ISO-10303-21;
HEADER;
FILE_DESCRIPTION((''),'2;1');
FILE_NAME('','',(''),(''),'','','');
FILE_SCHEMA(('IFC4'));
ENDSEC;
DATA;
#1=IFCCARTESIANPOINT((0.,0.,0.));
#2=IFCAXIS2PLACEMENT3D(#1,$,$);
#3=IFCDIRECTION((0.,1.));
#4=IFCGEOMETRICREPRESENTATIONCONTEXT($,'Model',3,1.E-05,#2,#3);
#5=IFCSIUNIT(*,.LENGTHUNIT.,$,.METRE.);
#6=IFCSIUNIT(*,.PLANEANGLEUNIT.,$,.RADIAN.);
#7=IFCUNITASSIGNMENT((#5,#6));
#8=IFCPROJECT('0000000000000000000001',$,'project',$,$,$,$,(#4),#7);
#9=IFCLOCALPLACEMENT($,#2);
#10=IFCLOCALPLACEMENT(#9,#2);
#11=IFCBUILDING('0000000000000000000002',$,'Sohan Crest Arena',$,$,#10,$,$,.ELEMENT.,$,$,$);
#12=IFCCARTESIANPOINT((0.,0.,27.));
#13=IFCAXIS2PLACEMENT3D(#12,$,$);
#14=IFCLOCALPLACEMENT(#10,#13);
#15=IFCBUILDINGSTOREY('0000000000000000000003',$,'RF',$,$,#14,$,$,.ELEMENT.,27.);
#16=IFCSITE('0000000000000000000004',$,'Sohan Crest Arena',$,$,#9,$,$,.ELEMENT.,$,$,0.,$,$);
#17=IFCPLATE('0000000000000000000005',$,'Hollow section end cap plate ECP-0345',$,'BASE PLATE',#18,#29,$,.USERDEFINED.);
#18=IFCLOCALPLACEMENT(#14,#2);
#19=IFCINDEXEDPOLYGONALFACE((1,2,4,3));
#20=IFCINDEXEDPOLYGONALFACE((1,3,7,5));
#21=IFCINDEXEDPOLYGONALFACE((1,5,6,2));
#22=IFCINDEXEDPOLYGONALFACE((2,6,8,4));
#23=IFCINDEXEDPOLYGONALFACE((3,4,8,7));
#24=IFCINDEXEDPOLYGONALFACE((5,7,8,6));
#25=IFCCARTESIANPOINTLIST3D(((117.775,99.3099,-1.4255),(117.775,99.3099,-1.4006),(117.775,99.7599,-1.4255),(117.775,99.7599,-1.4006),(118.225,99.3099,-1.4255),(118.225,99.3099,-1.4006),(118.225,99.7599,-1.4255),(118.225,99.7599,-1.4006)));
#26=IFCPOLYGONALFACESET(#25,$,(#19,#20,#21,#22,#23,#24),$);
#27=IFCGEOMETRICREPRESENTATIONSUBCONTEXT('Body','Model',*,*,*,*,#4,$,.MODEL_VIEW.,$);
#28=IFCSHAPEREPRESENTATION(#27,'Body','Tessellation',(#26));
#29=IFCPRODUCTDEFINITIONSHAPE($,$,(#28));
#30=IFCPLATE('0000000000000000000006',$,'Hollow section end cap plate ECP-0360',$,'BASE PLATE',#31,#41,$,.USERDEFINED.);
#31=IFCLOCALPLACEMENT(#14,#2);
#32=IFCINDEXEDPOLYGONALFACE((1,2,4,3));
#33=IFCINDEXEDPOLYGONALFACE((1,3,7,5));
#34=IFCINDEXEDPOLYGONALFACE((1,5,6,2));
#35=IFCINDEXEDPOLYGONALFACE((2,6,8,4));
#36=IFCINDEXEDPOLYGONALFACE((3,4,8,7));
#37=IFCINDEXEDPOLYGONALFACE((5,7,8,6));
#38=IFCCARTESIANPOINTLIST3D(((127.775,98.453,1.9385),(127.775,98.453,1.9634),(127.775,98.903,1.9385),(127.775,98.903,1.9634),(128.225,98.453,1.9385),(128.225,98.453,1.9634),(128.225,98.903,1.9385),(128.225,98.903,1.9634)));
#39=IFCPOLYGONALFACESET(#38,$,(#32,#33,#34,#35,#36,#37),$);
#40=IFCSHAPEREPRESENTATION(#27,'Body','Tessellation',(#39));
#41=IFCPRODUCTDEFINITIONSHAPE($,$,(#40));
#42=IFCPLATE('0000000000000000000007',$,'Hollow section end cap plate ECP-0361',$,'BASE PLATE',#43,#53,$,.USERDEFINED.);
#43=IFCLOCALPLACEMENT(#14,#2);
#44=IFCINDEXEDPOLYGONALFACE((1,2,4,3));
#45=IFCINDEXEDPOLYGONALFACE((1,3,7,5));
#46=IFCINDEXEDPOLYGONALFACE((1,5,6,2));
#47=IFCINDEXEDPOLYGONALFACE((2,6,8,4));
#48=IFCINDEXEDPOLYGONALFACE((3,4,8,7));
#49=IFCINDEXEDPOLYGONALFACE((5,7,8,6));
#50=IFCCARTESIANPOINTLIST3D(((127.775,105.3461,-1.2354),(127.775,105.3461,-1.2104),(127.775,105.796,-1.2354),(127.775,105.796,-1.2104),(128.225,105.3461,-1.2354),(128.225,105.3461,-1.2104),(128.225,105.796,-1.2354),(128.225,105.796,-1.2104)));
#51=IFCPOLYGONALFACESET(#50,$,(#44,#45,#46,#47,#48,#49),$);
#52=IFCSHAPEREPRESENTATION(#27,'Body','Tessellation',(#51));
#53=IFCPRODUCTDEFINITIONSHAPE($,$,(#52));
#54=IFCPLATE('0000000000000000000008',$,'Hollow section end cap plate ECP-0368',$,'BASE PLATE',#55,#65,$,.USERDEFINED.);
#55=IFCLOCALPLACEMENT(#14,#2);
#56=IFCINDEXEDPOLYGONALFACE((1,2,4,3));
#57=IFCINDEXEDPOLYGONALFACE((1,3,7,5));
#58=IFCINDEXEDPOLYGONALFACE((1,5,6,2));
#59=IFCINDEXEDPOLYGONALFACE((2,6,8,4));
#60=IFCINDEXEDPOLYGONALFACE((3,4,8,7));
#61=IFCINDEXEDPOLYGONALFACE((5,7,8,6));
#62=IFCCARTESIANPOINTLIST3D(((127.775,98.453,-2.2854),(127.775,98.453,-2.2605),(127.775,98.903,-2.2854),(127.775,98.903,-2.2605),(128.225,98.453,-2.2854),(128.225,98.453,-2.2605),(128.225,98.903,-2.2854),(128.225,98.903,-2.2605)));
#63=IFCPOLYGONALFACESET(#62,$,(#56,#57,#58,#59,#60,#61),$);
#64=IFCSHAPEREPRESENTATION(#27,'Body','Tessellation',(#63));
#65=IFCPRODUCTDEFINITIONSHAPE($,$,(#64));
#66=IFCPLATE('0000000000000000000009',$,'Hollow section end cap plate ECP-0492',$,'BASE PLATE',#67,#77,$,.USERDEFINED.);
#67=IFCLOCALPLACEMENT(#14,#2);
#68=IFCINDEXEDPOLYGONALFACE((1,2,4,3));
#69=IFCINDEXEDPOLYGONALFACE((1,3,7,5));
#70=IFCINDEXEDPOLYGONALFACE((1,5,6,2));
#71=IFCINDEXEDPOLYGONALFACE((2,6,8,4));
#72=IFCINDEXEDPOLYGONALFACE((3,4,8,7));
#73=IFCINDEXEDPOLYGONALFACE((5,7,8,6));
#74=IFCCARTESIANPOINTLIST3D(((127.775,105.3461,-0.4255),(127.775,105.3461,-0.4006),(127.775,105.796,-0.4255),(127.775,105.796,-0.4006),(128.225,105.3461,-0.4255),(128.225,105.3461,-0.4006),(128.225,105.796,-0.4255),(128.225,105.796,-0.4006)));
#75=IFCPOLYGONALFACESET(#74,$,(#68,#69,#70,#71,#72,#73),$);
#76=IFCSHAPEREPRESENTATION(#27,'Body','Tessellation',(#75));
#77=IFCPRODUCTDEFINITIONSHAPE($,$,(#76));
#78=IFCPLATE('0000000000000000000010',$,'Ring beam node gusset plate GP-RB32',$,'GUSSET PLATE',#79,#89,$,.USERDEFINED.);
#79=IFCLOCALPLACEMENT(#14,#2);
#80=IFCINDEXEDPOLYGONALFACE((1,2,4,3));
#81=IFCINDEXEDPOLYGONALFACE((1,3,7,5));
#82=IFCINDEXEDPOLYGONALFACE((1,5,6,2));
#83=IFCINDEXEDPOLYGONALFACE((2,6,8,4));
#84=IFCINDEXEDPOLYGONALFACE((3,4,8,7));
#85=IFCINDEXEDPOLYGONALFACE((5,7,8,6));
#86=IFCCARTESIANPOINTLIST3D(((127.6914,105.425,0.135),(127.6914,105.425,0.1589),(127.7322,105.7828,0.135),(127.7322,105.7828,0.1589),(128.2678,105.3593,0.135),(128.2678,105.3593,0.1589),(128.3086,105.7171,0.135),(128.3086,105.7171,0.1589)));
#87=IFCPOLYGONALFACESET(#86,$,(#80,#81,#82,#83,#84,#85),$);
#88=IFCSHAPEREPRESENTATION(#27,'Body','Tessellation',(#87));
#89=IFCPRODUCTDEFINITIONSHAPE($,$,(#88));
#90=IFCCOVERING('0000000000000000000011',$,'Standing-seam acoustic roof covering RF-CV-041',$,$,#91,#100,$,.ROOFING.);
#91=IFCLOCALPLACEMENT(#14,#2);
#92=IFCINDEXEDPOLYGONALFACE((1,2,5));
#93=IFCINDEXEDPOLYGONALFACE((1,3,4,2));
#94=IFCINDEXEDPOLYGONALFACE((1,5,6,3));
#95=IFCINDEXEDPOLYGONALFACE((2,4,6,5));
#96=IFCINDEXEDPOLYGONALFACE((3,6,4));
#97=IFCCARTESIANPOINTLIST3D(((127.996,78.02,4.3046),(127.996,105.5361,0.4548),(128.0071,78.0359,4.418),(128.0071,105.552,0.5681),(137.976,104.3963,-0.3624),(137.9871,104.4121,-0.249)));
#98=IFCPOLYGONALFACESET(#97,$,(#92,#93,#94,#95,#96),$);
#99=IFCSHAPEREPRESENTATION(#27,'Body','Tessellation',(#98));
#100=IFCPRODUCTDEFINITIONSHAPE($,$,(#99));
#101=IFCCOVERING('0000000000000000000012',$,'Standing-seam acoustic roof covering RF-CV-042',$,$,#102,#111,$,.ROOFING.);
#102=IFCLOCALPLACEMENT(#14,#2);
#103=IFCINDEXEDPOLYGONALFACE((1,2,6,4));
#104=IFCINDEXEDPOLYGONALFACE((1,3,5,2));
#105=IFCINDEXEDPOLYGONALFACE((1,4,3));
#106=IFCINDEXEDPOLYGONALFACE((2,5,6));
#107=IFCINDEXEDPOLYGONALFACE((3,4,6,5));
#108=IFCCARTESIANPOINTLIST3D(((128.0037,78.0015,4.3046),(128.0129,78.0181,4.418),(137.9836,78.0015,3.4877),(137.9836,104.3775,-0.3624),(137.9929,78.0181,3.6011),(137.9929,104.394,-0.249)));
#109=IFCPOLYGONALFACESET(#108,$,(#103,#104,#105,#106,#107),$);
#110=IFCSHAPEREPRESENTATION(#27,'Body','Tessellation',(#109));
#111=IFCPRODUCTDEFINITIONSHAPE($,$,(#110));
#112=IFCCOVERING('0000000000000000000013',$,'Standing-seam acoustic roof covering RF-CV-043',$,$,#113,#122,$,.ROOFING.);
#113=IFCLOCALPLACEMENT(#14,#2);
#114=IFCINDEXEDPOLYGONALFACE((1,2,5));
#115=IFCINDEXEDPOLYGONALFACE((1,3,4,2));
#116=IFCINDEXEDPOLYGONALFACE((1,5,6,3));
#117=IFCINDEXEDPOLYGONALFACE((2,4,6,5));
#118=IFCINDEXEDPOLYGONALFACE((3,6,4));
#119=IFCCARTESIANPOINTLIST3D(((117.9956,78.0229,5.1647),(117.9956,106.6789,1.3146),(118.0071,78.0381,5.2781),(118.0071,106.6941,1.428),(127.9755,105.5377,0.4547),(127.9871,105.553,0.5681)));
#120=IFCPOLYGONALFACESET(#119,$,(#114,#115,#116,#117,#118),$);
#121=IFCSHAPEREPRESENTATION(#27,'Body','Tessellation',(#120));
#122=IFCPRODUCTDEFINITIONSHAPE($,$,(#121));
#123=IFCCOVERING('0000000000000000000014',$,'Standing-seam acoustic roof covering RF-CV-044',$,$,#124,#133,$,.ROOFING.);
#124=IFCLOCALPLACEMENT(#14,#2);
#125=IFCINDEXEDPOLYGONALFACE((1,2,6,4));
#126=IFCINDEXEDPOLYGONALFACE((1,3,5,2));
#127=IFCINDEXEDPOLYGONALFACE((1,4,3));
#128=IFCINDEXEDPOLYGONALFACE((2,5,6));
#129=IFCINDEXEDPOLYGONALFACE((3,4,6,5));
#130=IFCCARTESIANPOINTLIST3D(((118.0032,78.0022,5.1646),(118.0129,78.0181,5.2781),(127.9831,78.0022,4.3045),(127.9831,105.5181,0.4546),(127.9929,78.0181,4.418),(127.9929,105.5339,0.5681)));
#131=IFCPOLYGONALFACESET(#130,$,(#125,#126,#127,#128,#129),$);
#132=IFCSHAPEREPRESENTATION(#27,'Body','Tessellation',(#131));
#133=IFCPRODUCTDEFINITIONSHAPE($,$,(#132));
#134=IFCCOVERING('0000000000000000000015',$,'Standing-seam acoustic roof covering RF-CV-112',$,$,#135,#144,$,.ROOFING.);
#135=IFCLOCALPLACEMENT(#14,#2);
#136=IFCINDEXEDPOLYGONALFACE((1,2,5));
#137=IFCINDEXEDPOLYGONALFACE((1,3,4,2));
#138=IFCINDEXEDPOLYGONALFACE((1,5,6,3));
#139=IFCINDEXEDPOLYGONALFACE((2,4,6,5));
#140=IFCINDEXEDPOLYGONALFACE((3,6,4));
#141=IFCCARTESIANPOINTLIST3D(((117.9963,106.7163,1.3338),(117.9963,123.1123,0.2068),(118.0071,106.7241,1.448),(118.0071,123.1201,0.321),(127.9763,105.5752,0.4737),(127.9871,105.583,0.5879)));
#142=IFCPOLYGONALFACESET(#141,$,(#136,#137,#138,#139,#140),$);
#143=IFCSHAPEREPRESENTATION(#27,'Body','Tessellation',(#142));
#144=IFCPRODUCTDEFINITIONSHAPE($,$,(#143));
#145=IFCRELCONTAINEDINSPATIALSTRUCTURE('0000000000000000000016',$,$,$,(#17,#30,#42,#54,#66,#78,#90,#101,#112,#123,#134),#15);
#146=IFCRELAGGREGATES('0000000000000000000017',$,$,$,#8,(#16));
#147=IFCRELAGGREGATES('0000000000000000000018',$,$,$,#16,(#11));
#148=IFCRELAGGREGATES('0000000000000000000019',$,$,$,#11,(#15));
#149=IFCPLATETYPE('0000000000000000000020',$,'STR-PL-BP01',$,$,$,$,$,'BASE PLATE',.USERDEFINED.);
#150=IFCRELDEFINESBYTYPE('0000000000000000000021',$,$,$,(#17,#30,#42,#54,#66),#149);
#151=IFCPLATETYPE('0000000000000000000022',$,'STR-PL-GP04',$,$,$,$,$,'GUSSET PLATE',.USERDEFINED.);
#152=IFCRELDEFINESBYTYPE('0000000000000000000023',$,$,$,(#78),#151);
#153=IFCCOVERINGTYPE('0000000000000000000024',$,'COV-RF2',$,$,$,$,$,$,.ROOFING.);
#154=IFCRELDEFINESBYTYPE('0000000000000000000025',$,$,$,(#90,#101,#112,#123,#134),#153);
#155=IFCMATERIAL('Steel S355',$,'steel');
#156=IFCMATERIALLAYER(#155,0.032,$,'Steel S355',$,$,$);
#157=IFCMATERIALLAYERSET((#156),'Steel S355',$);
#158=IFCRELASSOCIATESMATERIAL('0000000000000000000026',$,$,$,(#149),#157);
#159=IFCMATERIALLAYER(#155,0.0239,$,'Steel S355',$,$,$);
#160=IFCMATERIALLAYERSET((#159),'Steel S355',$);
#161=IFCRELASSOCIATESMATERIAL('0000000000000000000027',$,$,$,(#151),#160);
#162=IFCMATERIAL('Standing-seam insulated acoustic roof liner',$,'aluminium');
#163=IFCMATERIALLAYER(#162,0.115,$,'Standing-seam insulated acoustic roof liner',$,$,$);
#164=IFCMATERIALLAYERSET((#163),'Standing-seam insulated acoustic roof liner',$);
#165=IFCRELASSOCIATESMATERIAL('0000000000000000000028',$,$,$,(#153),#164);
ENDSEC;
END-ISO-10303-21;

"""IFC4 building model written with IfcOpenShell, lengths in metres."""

from ifc_helpers import new_model, si_unit, direction, frame, origin, origin_2d, place, context, subcontext, project, spatial, polyline, rectangle, outline, extrude, material, layer, layer_set, type_object, element, save


model = new_model("IFC4")

# Units and contexts
model_context = context("Model", 3, precision=1e-05, world=origin(), true_north=direction((0.0, 1.0)))
body_context = subcontext(model_context, "Body", "Model", "MODEL_VIEW")
ifc_project = project(units=[si_unit("LENGTHUNIT", "METRE"), si_unit("PLANEANGLEUNIT", "RADIAN")], contexts=[model_context])

# Site, building, storey
site_placement = place(None, origin())
site = spatial("IfcSite", under=ifc_project, at=site_placement, Name="Sohan Crest Arena", CompositionType="ELEMENT", RefElevation=0.0)
building_placement = place(site_placement, origin())
building = spatial("IfcBuilding", under=site, at=building_placement, Name="Sohan Crest Arena", CompositionType="ELEMENT")
storey_placement = place(building_placement, frame((0.0, 0.0, 27.0)))
storey = spatial("IfcBuildingStorey", under=building, at=storey_placement, Name="RF", CompositionType="ELEMENT", Elevation=27.0)

# Shared definitions
ifc_material_1 = material(Name="Steel S355", Category="steel")

# Plates
ifc_layer_1 = layer(ifc_material_1, 0.032, Name="Steel S355")
ifc_layer_set_1 = layer_set([ifc_layer_1], Name="Steel S355")
plate_type_1 = type_object("IfcPlateType", Name="STR-PL-BP01", ElementType="BASE PLATE", PredefinedType="USERDEFINED", material=ifc_layer_set_1)
for number, where, z_axis, x_axis, name in (
    (1, (118.0, 99.5349, -1.4255), (0.0, 0.0, 1.0), (1.0, 0.0, 0.0), "Hollow section end cap plate ECP-0345"),
    (2, (128.0, 98.678, 1.9385), (0.0, 0.0, 1.0), (1.0, 0.0, 0.0), "Hollow section end cap plate ECP-0360"),
    (3, (128.0, 105.571, -1.2354), (0.0, 0.0, 1.0), (1.0, 0.0, 0.0), "Hollow section end cap plate ECP-0361"),
    (4, (128.0, 98.678, -2.2854), (0.0, 0.0, 1.0), (1.0, 0.0, 0.0), "Hollow section end cap plate ECP-0368"),
    (5, (128.0, 105.571, -0.4255), (0.0, 0.0, 1.0), (1.0, 0.0, 0.0), "Hollow section end cap plate ECP-0492"),
):
    element("IfcPlate", number, at=place(storey_placement, frame(where, z_axis=z_axis, x_axis=x_axis)), inside=storey, type_object=plate_type_1, Name=name, ObjectType="BASE PLATE", PredefinedType="USERDEFINED", context=body_context, shape_type="SweptSolid", body=[
        extrude(rectangle(XDim=0.45, YDim=0.45, at=origin_2d()), origin(), (0.0, 0.0, 1.0), 0.0249),
    ])
ifc_layer_2 = layer(ifc_material_1, 0.0239, Name="Steel S355")
ifc_layer_set_2 = layer_set([ifc_layer_2], Name="Steel S355")
plate_type_2 = type_object("IfcPlateType", Name="STR-PL-GP04", ElementType="GUSSET PLATE", PredefinedType="USERDEFINED", material=ifc_layer_set_2)
plate_placement = place(storey_placement, frame((128.0, 105.571, 0.135), z_axis=(0.0, 0.0, 1.0), x_axis=(-0.993572, 0.113203, 0.0)))
element("IfcPlate", 6, at=plate_placement, inside=storey, type_object=plate_type_2, Name="Ring beam node gusset plate GP-RB32", ObjectType="GUSSET PLATE", PredefinedType="USERDEFINED", context=body_context, shape_type="SweptSolid", body=[
    extrude(rectangle(XDim=0.5801, YDim=0.3601, at=origin_2d()), origin(), (0.0, 0.0, 1.0), 0.0239),
])

# Coverings
ifc_material_2 = material(Name="Standing-seam insulated acoustic roof liner", Category="aluminium")
ifc_layer_3 = layer(ifc_material_2, 0.115, Name="Standing-seam insulated acoustic roof liner")
ifc_layer_set_3 = layer_set([ifc_layer_3], Name="Standing-seam insulated acoustic roof liner")
covering_type = type_object("IfcCoveringType", Name="COV-RF2", PredefinedType="ROOFING", material=ifc_layer_set_3)
covering_1_placement = place(storey_placement, frame((137.9871, 104.4121, -0.249), z_axis=(0.096462, 0.137917, 0.985735), x_axis=(-0.990269, 0.113106, 0.081081)))
element("IfcCovering", 7, at=covering_1_placement, inside=storey, type_object=covering_type, Name="Standing-seam acoustic roof covering RF-CV-041", PredefinedType="ROOFING", context=body_context, shape_type="SweptSolid", body=[
    extrude(outline(polyline([(0.0, 0.0), (10.078, 0.0), (7.2779, 27.6427), (0.0, 0.0)])), origin(), (0.0, 0.0, -1.0), 0.115),
])
covering_2_placement = place(storey_placement, frame((137.9929, 104.394, -0.249), z_axis=(0.080731, 0.143968, 0.986284), x_axis=(-0.34914, -0.922737, 0.16327)))
element("IfcCovering", 8, at=covering_2_placement, inside=storey, type_object=covering_type, Name="Standing-seam acoustic roof covering RF-CV-042", PredefinedType="ROOFING", context=body_context, shape_type="SweptSolid", body=[
    extrude(outline(polyline([(0.0, 0.0), (28.5845, 0.0), (24.9667, 9.337), (0.0, 0.0)])), origin(), (0.0, 0.0, -1.0), 0.115),
])
covering_3_placement = place(storey_placement, frame((127.9871, 105.553, 0.5681), z_axis=(0.100112, 0.13249, 0.986116), x_axis=(-0.989906, 0.113186, 0.085289)))
element("IfcCovering", 9, at=covering_3_placement, inside=storey, type_object=covering_type, Name="Standing-seam acoustic roof covering RF-CV-043", PredefinedType="ROOFING", context=body_context, shape_type="SweptSolid", body=[
    extrude(outline(polyline([(0.0, 0.0), (10.0817, 0.0), (7.1667, 28.7662), (0.0, 0.0)])), origin(), (0.0, 0.0, -1.0), 0.115),
])
covering_4_placement = place(storey_placement, frame((127.9929, 105.5339, 0.5681), z_axis=(0.085043, 0.138062, 0.986766), x_axis=(-0.336634, -0.928136, 0.158871)))
element("IfcCovering", 10, at=covering_4_placement, inside=storey, type_object=covering_type, Name="Standing-seam acoustic roof covering RF-CV-044", PredefinedType="ROOFING", context=body_context, shape_type="SweptSolid", body=[
    extrude(outline(polyline([(0.0, 0.0), (29.6464, 0.0), (26.1501, 9.387), (0.0, 0.0)])), origin(), (0.0, 0.0, -1.0), 0.115),
])
covering_5_placement = place(storey_placement, frame((127.9871, 105.583, 0.5879), z_axis=(0.093411, 0.068272, 0.993284), x_axis=(-0.494555, 0.869046, -0.013223)))
element("IfcCovering", 11, at=covering_5_placement, inside=storey, type_object=covering_type, Name="Standing-seam acoustic roof covering RF-CV-112", PredefinedType="ROOFING", context=body_context, shape_type="SweptSolid", body=[
    extrude(outline(polyline([(0.0, 0.0), (20.1797, 0.0), (5.916, 8.1635), (0.0, 0.0)])), origin(), (0.0, 0.0, -1.0), 0.115),
])

save(model, "model.ifc")
